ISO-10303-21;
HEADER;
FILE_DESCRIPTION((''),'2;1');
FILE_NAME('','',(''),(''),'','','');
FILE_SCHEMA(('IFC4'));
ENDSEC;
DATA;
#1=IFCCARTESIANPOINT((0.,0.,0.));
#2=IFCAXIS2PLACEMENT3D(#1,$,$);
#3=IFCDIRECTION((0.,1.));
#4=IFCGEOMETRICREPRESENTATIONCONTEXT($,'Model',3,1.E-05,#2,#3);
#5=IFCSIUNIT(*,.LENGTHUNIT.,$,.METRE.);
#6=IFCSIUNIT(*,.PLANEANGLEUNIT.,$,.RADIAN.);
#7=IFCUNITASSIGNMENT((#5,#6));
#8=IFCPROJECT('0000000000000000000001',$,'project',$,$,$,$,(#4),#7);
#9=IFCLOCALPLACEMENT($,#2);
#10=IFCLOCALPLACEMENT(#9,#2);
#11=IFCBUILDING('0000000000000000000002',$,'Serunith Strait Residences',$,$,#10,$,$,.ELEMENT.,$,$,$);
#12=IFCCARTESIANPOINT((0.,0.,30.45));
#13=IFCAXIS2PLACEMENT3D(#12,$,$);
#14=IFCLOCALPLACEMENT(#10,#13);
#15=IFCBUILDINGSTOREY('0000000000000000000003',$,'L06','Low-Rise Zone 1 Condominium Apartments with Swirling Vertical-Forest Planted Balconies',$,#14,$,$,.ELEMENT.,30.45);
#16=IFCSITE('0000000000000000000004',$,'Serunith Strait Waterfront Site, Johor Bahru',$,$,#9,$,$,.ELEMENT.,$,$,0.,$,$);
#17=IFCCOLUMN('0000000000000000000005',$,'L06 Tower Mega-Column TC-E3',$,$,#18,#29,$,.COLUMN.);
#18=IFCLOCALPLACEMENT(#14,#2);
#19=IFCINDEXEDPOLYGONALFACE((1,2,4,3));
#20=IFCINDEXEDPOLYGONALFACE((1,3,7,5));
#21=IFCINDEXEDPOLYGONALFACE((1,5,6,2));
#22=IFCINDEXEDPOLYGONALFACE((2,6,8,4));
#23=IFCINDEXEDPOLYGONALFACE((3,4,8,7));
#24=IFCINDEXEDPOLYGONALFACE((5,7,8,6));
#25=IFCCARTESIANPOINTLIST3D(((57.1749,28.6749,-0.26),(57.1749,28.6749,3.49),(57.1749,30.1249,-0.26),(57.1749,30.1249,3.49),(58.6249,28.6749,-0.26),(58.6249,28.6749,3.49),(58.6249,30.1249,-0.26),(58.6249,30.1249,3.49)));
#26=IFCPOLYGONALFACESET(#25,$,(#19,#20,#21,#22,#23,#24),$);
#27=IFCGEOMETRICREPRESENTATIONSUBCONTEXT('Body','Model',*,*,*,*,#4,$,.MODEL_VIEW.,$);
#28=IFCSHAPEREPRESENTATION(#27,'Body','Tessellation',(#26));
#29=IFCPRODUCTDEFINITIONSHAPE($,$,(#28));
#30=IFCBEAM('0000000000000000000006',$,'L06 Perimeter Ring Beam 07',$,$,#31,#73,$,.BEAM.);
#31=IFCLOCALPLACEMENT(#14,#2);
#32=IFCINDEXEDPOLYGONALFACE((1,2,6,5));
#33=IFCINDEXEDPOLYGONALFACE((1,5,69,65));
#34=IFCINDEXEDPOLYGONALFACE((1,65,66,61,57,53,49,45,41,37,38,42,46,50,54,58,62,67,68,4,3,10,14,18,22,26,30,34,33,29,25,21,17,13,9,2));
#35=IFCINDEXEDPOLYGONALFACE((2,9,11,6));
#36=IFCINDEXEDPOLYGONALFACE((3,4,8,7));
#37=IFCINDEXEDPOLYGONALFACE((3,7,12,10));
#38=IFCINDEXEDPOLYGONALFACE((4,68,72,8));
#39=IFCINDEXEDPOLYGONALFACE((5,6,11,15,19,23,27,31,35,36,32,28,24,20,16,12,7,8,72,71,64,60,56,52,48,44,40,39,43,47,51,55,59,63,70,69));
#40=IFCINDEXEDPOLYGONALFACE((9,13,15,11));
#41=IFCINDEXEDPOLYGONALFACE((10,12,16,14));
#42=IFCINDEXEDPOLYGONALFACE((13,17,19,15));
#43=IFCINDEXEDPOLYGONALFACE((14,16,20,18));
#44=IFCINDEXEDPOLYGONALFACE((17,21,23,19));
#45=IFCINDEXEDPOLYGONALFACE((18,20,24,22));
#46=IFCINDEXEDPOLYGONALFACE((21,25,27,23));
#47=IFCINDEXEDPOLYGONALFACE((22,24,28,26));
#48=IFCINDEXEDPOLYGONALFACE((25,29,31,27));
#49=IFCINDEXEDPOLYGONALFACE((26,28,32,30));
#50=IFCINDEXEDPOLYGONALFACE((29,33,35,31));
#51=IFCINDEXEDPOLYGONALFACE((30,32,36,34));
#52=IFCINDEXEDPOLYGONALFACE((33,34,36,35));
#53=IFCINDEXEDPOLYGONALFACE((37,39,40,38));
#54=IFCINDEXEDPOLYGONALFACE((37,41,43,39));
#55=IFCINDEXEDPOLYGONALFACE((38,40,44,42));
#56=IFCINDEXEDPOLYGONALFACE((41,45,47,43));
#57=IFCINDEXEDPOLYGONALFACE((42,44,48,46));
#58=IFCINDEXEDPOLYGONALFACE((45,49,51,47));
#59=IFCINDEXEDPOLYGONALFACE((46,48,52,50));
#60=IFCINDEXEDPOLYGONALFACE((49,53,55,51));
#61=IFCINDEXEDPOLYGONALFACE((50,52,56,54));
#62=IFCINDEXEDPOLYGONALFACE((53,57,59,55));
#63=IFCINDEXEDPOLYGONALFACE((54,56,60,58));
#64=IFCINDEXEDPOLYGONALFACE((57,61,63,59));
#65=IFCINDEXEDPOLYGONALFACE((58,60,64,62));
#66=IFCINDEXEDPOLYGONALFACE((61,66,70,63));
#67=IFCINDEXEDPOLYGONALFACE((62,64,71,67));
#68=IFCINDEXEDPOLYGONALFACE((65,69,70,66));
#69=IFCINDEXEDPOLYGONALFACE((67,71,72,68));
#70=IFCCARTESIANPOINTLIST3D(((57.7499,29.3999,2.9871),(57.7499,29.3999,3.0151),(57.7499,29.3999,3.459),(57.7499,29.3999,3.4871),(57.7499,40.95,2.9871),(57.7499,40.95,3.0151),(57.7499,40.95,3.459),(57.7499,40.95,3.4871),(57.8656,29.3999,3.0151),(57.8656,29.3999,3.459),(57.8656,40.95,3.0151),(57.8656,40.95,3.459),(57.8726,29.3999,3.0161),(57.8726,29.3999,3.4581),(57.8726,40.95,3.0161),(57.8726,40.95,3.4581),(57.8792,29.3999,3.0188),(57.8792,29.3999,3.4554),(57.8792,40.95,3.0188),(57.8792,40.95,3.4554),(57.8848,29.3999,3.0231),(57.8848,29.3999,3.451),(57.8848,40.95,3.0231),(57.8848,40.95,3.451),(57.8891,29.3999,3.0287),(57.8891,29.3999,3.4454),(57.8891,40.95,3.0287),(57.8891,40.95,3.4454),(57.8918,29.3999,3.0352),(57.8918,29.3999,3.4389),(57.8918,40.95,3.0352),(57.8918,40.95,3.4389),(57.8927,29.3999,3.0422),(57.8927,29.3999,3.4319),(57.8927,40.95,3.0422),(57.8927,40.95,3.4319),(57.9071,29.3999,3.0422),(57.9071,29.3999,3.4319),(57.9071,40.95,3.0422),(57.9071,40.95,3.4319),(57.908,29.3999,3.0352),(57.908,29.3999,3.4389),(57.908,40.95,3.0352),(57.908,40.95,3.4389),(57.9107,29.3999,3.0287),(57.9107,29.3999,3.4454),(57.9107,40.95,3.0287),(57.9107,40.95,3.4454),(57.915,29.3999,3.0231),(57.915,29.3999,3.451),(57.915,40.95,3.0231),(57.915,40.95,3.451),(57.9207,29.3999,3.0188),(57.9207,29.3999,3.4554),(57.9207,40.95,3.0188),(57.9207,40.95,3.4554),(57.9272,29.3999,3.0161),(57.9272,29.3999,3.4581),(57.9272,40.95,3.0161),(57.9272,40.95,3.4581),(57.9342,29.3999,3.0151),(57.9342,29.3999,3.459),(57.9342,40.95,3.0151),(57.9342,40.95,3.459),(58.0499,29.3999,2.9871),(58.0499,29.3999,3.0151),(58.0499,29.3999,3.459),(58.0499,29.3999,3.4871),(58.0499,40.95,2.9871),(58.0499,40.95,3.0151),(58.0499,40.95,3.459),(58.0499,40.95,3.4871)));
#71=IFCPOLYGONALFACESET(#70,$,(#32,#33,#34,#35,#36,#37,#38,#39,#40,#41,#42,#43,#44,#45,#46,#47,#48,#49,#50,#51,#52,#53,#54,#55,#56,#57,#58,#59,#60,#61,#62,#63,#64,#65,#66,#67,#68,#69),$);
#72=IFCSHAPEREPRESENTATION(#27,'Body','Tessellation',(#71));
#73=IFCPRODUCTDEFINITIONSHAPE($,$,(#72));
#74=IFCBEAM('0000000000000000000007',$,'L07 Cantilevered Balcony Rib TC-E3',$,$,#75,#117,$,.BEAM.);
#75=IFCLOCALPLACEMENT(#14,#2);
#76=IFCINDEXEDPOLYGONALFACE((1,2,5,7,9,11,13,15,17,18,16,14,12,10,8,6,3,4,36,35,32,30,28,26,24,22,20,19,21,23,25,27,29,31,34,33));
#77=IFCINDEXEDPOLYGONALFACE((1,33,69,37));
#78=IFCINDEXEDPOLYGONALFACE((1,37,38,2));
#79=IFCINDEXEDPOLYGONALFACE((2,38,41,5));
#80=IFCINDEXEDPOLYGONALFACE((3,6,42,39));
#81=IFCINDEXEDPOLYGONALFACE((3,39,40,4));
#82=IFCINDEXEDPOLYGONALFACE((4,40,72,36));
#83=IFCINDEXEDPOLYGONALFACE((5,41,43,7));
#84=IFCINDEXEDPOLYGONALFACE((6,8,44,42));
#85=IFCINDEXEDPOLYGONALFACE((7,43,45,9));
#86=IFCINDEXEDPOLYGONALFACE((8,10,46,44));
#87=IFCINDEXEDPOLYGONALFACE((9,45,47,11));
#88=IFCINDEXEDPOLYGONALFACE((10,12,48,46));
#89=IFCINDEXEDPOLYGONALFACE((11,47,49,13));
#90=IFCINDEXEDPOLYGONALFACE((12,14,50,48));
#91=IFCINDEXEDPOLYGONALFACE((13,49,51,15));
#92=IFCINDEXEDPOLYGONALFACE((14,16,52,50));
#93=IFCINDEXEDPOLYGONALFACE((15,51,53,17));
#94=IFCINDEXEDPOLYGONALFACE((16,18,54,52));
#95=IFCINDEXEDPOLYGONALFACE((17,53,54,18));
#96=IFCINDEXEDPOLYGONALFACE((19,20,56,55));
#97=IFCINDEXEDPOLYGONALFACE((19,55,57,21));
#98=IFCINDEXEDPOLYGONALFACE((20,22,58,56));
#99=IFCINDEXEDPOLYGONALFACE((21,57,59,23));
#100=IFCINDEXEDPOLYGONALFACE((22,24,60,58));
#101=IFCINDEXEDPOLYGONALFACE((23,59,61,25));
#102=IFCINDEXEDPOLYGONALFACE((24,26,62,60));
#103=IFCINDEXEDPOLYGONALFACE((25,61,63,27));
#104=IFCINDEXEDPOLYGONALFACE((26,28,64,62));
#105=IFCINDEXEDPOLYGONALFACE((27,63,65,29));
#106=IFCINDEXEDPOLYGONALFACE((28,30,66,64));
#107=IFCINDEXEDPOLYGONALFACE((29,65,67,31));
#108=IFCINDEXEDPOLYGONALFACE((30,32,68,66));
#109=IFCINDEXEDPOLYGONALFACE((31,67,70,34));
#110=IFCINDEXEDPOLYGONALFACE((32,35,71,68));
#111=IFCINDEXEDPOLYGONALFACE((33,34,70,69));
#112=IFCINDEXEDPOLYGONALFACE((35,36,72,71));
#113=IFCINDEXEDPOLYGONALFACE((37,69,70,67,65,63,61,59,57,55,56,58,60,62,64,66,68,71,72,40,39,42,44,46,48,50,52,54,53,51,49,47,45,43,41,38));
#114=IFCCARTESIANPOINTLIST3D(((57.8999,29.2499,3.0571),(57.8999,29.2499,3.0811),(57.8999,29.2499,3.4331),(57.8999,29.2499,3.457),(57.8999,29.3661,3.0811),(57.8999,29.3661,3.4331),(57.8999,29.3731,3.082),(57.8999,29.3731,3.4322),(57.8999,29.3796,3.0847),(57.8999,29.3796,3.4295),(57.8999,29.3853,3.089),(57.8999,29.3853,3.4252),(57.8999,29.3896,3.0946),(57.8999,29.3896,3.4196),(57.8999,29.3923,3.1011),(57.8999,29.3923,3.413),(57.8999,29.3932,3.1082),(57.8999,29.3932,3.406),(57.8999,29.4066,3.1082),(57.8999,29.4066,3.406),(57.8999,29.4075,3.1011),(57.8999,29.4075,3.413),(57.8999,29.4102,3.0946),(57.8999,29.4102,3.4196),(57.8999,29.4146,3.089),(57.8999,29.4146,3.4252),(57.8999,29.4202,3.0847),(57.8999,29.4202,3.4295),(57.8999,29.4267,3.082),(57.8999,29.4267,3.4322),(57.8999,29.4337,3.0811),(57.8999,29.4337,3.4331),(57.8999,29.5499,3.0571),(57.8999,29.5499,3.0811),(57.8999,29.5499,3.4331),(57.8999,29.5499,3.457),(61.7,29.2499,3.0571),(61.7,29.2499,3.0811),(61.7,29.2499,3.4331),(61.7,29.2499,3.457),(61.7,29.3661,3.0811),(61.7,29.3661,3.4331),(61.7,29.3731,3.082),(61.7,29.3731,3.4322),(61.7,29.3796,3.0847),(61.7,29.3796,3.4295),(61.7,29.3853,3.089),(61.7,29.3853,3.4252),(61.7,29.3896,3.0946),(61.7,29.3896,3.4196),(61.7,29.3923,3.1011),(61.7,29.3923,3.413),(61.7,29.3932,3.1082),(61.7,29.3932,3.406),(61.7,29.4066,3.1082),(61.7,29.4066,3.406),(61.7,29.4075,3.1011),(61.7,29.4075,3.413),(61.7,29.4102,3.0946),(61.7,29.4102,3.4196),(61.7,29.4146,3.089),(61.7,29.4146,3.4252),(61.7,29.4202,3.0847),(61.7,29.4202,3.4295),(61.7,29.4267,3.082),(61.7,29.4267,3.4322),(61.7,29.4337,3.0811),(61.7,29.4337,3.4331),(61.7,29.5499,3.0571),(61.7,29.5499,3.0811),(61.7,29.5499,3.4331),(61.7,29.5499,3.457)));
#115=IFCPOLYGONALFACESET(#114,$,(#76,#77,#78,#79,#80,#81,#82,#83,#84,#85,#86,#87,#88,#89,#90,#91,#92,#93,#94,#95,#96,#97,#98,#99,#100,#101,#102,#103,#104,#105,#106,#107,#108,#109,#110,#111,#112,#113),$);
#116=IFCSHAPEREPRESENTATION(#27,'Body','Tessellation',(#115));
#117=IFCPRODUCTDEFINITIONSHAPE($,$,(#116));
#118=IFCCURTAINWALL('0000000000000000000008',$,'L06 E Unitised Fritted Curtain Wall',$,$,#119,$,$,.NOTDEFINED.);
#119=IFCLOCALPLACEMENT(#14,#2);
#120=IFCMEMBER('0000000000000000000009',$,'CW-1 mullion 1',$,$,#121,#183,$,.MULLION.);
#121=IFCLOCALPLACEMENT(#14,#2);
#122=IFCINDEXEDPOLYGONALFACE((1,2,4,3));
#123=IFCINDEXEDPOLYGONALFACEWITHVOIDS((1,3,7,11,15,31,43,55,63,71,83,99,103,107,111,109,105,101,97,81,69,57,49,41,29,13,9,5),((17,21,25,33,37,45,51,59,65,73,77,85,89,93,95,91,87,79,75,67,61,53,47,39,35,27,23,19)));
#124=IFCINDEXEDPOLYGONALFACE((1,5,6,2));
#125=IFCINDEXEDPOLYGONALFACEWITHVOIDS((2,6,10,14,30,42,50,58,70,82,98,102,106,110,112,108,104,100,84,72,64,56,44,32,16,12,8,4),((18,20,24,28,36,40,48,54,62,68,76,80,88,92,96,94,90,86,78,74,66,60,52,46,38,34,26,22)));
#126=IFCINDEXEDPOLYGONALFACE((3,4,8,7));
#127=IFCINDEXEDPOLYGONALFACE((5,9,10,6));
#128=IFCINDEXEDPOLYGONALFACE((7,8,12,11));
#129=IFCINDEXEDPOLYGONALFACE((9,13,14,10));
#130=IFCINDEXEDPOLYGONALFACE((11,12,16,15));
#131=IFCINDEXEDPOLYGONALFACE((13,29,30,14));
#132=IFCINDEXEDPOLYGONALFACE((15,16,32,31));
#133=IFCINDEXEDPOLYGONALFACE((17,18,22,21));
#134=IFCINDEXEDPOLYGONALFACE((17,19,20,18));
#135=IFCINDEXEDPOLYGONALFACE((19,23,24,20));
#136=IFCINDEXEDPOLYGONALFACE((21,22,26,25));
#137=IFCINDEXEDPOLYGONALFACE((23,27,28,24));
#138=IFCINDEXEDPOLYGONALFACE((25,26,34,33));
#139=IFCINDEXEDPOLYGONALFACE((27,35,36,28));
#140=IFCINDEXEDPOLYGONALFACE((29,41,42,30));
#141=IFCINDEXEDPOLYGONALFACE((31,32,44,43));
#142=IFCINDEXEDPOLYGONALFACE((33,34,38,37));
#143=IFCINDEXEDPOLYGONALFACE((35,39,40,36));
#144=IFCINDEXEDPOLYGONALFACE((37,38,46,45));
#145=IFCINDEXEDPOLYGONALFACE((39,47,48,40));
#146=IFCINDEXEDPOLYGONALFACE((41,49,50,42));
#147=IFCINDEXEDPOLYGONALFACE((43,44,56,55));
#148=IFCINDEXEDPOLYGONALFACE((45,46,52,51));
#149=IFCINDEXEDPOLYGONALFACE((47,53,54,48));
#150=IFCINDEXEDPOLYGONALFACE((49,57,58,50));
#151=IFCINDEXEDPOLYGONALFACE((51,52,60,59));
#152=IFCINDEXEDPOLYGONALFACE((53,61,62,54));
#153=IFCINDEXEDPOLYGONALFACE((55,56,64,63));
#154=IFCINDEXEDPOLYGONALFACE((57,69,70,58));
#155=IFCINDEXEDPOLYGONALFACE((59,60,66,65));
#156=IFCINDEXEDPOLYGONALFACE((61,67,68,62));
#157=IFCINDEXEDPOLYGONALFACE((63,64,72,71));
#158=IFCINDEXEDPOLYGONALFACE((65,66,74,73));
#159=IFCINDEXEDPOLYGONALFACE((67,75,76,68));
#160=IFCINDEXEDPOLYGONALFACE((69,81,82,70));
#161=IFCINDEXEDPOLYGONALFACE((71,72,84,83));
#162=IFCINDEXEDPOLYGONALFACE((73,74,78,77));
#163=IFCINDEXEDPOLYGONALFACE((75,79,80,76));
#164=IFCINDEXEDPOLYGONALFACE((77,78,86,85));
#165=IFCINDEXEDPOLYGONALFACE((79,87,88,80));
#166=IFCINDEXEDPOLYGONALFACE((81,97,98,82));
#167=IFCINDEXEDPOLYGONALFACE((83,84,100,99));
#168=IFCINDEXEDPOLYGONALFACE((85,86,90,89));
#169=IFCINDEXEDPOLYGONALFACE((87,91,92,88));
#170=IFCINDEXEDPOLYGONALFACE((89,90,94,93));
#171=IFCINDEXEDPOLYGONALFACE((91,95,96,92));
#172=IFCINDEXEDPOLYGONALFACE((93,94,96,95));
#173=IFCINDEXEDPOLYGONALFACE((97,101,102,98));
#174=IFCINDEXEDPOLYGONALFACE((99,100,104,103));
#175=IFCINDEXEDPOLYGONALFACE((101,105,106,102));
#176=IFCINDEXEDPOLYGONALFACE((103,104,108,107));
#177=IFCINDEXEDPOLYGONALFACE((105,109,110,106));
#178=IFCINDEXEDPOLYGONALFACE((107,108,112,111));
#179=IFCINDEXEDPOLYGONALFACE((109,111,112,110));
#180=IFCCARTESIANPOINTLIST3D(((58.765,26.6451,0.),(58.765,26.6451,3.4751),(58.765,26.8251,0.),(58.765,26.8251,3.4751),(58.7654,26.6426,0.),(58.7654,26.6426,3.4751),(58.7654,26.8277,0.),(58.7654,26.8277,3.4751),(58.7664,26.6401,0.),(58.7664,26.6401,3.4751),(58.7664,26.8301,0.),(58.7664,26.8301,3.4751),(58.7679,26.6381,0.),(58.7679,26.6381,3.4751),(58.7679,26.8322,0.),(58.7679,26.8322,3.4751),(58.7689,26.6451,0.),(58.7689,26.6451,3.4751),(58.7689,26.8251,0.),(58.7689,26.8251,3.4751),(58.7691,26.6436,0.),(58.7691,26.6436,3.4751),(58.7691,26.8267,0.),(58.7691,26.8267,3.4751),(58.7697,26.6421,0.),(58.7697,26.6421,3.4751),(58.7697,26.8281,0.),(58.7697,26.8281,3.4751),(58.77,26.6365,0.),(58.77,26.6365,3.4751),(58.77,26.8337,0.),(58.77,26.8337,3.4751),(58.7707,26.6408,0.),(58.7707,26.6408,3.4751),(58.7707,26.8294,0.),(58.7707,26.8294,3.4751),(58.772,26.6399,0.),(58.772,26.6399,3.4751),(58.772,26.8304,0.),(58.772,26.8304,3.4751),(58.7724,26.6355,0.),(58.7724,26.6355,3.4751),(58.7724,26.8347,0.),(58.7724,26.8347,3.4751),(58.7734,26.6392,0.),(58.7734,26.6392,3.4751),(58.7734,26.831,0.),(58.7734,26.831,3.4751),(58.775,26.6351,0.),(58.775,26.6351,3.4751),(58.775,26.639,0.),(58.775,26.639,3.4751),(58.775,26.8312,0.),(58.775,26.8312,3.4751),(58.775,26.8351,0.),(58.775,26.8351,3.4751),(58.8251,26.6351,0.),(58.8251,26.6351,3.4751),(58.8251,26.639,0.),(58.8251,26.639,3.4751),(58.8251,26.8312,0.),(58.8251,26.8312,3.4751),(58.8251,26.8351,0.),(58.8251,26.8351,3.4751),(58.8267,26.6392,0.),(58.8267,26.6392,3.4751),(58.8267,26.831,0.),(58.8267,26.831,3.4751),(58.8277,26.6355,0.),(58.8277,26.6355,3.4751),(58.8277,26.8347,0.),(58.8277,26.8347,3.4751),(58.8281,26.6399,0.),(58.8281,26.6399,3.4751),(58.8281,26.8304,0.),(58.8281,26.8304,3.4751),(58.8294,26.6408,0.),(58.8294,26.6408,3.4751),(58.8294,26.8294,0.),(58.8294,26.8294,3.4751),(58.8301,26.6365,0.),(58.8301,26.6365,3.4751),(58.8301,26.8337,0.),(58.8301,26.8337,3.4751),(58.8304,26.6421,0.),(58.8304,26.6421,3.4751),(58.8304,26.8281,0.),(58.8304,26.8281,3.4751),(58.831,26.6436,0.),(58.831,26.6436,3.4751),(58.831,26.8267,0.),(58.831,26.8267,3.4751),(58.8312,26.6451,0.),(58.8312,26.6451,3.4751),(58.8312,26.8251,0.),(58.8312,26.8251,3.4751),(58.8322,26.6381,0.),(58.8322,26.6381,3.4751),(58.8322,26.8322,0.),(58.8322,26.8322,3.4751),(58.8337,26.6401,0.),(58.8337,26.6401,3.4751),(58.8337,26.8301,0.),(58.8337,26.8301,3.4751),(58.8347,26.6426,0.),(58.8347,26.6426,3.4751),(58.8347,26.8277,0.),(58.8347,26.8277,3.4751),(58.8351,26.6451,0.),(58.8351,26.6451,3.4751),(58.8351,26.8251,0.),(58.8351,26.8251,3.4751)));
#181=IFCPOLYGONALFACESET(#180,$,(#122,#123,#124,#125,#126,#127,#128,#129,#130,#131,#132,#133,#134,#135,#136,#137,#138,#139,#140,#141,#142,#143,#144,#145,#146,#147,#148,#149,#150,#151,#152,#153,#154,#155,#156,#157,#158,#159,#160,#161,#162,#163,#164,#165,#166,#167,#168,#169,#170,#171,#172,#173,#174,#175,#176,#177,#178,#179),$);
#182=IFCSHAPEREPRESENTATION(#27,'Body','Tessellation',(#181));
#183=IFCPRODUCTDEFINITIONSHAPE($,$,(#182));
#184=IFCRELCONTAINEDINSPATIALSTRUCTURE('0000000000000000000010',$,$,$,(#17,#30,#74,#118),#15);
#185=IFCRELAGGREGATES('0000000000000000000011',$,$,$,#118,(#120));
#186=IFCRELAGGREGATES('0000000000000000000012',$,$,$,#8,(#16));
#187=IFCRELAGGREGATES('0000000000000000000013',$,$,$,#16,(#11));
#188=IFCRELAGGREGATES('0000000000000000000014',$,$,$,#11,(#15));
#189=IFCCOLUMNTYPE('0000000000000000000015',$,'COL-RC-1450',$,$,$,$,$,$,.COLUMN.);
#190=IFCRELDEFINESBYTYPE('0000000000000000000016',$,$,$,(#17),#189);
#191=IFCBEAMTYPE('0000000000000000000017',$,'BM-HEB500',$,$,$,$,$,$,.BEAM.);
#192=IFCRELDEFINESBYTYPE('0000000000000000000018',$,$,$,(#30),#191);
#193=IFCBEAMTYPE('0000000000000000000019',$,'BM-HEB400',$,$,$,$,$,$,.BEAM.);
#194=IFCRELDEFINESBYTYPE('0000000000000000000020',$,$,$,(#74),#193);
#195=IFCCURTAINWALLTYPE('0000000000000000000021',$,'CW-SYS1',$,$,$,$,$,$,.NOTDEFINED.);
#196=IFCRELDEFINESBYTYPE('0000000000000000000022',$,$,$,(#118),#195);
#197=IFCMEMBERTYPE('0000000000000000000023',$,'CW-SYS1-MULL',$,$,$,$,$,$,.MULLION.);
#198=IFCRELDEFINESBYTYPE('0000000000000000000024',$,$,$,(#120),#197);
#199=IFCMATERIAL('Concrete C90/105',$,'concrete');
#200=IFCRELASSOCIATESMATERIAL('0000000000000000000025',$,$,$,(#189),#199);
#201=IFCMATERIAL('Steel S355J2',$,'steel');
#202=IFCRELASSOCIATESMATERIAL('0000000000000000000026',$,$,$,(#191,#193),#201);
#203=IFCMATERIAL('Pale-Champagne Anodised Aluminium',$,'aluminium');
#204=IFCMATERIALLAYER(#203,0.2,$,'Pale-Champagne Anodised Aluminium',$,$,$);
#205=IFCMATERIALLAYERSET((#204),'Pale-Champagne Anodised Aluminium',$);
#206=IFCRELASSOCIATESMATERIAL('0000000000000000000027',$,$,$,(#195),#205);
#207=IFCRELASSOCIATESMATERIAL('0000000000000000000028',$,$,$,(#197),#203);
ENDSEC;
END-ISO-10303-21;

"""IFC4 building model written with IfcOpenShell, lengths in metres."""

from ifc_helpers import new_model, si_unit, direction, frame, origin, origin_2d, place, context, subcontext, project, spatial, rectangle, hollow_rectangle, i_section, extrude, source, transform, mapped, material, layer, layer_set, material_profile, profile_set, type_object, element, aggregate, save


model = new_model("IFC4")

# Units and contexts
model_context = context("Model", 3, precision=1e-05, world=origin(), true_north=direction((0.0, 1.0)))
body_context = subcontext(model_context, "Body", "Model", "MODEL_VIEW")
ifc_project = project(units=[si_unit("LENGTHUNIT", "METRE"), si_unit("PLANEANGLEUNIT", "RADIAN")], contexts=[model_context])

# Site, building, storey
site_placement = place(None, origin())
site = spatial("IfcSite", under=ifc_project, at=site_placement, Name="Serunith Strait Waterfront Site, Johor Bahru", CompositionType="ELEMENT", RefElevation=0.0)
building_placement = place(site_placement, origin())
building = spatial("IfcBuilding", under=site, at=building_placement, Name="Serunith Strait Residences", CompositionType="ELEMENT")
storey_placement = place(building_placement, frame((0.0, 0.0, 30.45)))
storey = spatial("IfcBuildingStorey", under=building, at=storey_placement, Name="L06", Description="Low-Rise Zone 1 Condominium Apartments with Swirling Vertical-Forest Planted Balconies", CompositionType="ELEMENT", Elevation=30.45)

# Column
ifc_material_1 = material(Name="Concrete C90/105", Category="concrete")
ifc_material_profile_1 = material_profile(ifc_material_1, rectangle(XDim=1.45, YDim=1.45, at=origin_2d()), Name="RC 1450x1450")
ifc_profile_set_1 = profile_set([ifc_material_profile_1], Name="Concrete C90/105")
column_type = type_object("IfcColumnType", Name="COL-RC-1450", PredefinedType="COLUMN", material=ifc_profile_set_1)
shared_shape_1 = source(origin(), body_context, "Body", "SweptSolid", [
    extrude(rectangle(XDim=1.45, YDim=1.45, at=origin_2d()), origin(), (0.0, 0.0, 1.0), 3.75),
])
column_placement = place(storey_placement, frame((57.8999, 29.3999, -0.26), z_axis=(0.0, 0.0, 1.0), x_axis=(1.0, 0.0, 0.0)))
element("IfcColumn", 1, at=column_placement, inside=storey, type_object=column_type, Name="L06 Tower Mega-Column TC-E3", PredefinedType="COLUMN", context=body_context, shape_type="MappedRepresentation", body=[
    mapped(shared_shape_1, transform((0.0, 0.0, 0.0), scale=1.0)),
])

# Beams
ifc_material_2 = material(Name="Steel S355J2", Category="steel")
ifc_material_profile_2 = material_profile(ifc_material_2, i_section(OverallWidth=0.3, OverallDepth=0.5, WebThickness=0.0144, FlangeThickness=0.0281, FilletRadius=0.0271, at=origin_2d()), Name="HEB 500")
ifc_profile_set_2 = profile_set([ifc_material_profile_2], Name="Steel S355J2")
beam_type_1 = type_object("IfcBeamType", Name="BM-HEB500", PredefinedType="BEAM", material=ifc_profile_set_2)
shared_shape_2 = source(origin(), body_context, "Body", "SweptSolid", [
    extrude(i_section(OverallWidth=0.3, OverallDepth=0.5, WebThickness=0.0144, FlangeThickness=0.0281, FilletRadius=0.0271, at=origin_2d()), origin(), (0.0, 0.0, 1.0), 11.55),
])
beam_1_placement = place(storey_placement, frame((57.8999, 29.3999, 3.2371), z_axis=(0.0, 1.0, 0.0), x_axis=(-1.0, 0.0, 0.0)))
element("IfcBeam", 2, at=beam_1_placement, inside=storey, type_object=beam_type_1, Name="L06 Perimeter Ring Beam 07", PredefinedType="BEAM", context=body_context, shape_type="MappedRepresentation", body=[
    mapped(shared_shape_2, transform((0.0, 0.0, 0.0), scale=1.0)),
])
ifc_material_profile_3 = material_profile(ifc_material_2, i_section(OverallWidth=0.3, OverallDepth=0.3999, WebThickness=0.0134, FlangeThickness=0.0239, FilletRadius=0.0271, at=origin_2d()), Name="HEB 400")
ifc_profile_set_3 = profile_set([ifc_material_profile_3], Name="Steel S355J2")
beam_type_2 = type_object("IfcBeamType", Name="BM-HEB400", PredefinedType="BEAM", material=ifc_profile_set_3)
shared_shape_3 = source(origin(), body_context, "Body", "SweptSolid", [
    extrude(i_section(OverallWidth=0.3, OverallDepth=0.3999, WebThickness=0.0134, FlangeThickness=0.0239, FilletRadius=0.0271, at=origin_2d()), origin(), (0.0, 0.0, 1.0), 3.8),
])
beam_2_placement = place(storey_placement, frame((57.8999, 29.3999, 3.2571), z_axis=(1.0, 0.0, 0.0), x_axis=(0.0, 1.0, 0.0)))
element("IfcBeam", 3, at=beam_2_placement, inside=storey, type_object=beam_type_2, Name="L07 Cantilevered Balcony Rib TC-E3", PredefinedType="BEAM", context=body_context, shape_type="MappedRepresentation", body=[
    mapped(shared_shape_3, transform((0.0, 0.0, 0.0), scale=1.0)),
])

# Curtain wall, member
ifc_material_3 = material(Name="Pale-Champagne Anodised Aluminium", Category="aluminium")
ifc_layer_1 = layer(ifc_material_3, 0.2, Name="Pale-Champagne Anodised Aluminium")
ifc_layer_set_1 = layer_set([ifc_layer_1], Name="Pale-Champagne Anodised Aluminium")
curtain_wall_type = type_object("IfcCurtainWallType", Name="CW-SYS1", PredefinedType="NOTDEFINED", material=ifc_layer_set_1)
curtain_wall_placement = place(storey_placement, origin())
curtain_wall = element("IfcCurtainWall", 4, at=curtain_wall_placement, inside=storey, type_object=curtain_wall_type, Name="L06 E Unitised Fritted Curtain Wall", PredefinedType="NOTDEFINED")
ifc_material_profile_4 = material_profile(ifc_material_3, hollow_rectangle(XDim=0.0701, YDim=0.2, WallThickness=0.0039, InnerFilletRadius=0.0061, OuterFilletRadius=0.01, at=origin_2d()), Name="ALU 200x70x4")
ifc_profile_set_4 = profile_set([ifc_material_profile_4], Name="Pale-Champagne Anodised Aluminium")
member_type_1 = type_object("IfcMemberType", Name="CW-SYS1-MULL", PredefinedType="MULLION", material=ifc_profile_set_4)
shared_shape_4 = source(origin(), body_context, "Body", "SweptSolid", [
    extrude(hollow_rectangle(XDim=0.0701, YDim=0.2, WallThickness=0.0039, InnerFilletRadius=0.0061, OuterFilletRadius=0.01, at=origin_2d()), origin(), (0.0, 0.0, 1.0), 3.4751),
])
member_1_placement = place(storey_placement, frame((58.8, 26.7351, 0.0), z_axis=(0.0, 0.0, 1.0), x_axis=(-1.0, 0.0, 0.0)))
member_1 = element("IfcMember", 5, at=member_1_placement, type_object=member_type_1, Name="CW-1 mullion 1", PredefinedType="MULLION", context=body_context, shape_type="MappedRepresentation", body=[
    mapped(shared_shape_4, transform((0.0, 0.0, 0.0), scale=1.0)),
])
aggregate(curtain_wall, [member_1])

save(model, "model.ifc")
